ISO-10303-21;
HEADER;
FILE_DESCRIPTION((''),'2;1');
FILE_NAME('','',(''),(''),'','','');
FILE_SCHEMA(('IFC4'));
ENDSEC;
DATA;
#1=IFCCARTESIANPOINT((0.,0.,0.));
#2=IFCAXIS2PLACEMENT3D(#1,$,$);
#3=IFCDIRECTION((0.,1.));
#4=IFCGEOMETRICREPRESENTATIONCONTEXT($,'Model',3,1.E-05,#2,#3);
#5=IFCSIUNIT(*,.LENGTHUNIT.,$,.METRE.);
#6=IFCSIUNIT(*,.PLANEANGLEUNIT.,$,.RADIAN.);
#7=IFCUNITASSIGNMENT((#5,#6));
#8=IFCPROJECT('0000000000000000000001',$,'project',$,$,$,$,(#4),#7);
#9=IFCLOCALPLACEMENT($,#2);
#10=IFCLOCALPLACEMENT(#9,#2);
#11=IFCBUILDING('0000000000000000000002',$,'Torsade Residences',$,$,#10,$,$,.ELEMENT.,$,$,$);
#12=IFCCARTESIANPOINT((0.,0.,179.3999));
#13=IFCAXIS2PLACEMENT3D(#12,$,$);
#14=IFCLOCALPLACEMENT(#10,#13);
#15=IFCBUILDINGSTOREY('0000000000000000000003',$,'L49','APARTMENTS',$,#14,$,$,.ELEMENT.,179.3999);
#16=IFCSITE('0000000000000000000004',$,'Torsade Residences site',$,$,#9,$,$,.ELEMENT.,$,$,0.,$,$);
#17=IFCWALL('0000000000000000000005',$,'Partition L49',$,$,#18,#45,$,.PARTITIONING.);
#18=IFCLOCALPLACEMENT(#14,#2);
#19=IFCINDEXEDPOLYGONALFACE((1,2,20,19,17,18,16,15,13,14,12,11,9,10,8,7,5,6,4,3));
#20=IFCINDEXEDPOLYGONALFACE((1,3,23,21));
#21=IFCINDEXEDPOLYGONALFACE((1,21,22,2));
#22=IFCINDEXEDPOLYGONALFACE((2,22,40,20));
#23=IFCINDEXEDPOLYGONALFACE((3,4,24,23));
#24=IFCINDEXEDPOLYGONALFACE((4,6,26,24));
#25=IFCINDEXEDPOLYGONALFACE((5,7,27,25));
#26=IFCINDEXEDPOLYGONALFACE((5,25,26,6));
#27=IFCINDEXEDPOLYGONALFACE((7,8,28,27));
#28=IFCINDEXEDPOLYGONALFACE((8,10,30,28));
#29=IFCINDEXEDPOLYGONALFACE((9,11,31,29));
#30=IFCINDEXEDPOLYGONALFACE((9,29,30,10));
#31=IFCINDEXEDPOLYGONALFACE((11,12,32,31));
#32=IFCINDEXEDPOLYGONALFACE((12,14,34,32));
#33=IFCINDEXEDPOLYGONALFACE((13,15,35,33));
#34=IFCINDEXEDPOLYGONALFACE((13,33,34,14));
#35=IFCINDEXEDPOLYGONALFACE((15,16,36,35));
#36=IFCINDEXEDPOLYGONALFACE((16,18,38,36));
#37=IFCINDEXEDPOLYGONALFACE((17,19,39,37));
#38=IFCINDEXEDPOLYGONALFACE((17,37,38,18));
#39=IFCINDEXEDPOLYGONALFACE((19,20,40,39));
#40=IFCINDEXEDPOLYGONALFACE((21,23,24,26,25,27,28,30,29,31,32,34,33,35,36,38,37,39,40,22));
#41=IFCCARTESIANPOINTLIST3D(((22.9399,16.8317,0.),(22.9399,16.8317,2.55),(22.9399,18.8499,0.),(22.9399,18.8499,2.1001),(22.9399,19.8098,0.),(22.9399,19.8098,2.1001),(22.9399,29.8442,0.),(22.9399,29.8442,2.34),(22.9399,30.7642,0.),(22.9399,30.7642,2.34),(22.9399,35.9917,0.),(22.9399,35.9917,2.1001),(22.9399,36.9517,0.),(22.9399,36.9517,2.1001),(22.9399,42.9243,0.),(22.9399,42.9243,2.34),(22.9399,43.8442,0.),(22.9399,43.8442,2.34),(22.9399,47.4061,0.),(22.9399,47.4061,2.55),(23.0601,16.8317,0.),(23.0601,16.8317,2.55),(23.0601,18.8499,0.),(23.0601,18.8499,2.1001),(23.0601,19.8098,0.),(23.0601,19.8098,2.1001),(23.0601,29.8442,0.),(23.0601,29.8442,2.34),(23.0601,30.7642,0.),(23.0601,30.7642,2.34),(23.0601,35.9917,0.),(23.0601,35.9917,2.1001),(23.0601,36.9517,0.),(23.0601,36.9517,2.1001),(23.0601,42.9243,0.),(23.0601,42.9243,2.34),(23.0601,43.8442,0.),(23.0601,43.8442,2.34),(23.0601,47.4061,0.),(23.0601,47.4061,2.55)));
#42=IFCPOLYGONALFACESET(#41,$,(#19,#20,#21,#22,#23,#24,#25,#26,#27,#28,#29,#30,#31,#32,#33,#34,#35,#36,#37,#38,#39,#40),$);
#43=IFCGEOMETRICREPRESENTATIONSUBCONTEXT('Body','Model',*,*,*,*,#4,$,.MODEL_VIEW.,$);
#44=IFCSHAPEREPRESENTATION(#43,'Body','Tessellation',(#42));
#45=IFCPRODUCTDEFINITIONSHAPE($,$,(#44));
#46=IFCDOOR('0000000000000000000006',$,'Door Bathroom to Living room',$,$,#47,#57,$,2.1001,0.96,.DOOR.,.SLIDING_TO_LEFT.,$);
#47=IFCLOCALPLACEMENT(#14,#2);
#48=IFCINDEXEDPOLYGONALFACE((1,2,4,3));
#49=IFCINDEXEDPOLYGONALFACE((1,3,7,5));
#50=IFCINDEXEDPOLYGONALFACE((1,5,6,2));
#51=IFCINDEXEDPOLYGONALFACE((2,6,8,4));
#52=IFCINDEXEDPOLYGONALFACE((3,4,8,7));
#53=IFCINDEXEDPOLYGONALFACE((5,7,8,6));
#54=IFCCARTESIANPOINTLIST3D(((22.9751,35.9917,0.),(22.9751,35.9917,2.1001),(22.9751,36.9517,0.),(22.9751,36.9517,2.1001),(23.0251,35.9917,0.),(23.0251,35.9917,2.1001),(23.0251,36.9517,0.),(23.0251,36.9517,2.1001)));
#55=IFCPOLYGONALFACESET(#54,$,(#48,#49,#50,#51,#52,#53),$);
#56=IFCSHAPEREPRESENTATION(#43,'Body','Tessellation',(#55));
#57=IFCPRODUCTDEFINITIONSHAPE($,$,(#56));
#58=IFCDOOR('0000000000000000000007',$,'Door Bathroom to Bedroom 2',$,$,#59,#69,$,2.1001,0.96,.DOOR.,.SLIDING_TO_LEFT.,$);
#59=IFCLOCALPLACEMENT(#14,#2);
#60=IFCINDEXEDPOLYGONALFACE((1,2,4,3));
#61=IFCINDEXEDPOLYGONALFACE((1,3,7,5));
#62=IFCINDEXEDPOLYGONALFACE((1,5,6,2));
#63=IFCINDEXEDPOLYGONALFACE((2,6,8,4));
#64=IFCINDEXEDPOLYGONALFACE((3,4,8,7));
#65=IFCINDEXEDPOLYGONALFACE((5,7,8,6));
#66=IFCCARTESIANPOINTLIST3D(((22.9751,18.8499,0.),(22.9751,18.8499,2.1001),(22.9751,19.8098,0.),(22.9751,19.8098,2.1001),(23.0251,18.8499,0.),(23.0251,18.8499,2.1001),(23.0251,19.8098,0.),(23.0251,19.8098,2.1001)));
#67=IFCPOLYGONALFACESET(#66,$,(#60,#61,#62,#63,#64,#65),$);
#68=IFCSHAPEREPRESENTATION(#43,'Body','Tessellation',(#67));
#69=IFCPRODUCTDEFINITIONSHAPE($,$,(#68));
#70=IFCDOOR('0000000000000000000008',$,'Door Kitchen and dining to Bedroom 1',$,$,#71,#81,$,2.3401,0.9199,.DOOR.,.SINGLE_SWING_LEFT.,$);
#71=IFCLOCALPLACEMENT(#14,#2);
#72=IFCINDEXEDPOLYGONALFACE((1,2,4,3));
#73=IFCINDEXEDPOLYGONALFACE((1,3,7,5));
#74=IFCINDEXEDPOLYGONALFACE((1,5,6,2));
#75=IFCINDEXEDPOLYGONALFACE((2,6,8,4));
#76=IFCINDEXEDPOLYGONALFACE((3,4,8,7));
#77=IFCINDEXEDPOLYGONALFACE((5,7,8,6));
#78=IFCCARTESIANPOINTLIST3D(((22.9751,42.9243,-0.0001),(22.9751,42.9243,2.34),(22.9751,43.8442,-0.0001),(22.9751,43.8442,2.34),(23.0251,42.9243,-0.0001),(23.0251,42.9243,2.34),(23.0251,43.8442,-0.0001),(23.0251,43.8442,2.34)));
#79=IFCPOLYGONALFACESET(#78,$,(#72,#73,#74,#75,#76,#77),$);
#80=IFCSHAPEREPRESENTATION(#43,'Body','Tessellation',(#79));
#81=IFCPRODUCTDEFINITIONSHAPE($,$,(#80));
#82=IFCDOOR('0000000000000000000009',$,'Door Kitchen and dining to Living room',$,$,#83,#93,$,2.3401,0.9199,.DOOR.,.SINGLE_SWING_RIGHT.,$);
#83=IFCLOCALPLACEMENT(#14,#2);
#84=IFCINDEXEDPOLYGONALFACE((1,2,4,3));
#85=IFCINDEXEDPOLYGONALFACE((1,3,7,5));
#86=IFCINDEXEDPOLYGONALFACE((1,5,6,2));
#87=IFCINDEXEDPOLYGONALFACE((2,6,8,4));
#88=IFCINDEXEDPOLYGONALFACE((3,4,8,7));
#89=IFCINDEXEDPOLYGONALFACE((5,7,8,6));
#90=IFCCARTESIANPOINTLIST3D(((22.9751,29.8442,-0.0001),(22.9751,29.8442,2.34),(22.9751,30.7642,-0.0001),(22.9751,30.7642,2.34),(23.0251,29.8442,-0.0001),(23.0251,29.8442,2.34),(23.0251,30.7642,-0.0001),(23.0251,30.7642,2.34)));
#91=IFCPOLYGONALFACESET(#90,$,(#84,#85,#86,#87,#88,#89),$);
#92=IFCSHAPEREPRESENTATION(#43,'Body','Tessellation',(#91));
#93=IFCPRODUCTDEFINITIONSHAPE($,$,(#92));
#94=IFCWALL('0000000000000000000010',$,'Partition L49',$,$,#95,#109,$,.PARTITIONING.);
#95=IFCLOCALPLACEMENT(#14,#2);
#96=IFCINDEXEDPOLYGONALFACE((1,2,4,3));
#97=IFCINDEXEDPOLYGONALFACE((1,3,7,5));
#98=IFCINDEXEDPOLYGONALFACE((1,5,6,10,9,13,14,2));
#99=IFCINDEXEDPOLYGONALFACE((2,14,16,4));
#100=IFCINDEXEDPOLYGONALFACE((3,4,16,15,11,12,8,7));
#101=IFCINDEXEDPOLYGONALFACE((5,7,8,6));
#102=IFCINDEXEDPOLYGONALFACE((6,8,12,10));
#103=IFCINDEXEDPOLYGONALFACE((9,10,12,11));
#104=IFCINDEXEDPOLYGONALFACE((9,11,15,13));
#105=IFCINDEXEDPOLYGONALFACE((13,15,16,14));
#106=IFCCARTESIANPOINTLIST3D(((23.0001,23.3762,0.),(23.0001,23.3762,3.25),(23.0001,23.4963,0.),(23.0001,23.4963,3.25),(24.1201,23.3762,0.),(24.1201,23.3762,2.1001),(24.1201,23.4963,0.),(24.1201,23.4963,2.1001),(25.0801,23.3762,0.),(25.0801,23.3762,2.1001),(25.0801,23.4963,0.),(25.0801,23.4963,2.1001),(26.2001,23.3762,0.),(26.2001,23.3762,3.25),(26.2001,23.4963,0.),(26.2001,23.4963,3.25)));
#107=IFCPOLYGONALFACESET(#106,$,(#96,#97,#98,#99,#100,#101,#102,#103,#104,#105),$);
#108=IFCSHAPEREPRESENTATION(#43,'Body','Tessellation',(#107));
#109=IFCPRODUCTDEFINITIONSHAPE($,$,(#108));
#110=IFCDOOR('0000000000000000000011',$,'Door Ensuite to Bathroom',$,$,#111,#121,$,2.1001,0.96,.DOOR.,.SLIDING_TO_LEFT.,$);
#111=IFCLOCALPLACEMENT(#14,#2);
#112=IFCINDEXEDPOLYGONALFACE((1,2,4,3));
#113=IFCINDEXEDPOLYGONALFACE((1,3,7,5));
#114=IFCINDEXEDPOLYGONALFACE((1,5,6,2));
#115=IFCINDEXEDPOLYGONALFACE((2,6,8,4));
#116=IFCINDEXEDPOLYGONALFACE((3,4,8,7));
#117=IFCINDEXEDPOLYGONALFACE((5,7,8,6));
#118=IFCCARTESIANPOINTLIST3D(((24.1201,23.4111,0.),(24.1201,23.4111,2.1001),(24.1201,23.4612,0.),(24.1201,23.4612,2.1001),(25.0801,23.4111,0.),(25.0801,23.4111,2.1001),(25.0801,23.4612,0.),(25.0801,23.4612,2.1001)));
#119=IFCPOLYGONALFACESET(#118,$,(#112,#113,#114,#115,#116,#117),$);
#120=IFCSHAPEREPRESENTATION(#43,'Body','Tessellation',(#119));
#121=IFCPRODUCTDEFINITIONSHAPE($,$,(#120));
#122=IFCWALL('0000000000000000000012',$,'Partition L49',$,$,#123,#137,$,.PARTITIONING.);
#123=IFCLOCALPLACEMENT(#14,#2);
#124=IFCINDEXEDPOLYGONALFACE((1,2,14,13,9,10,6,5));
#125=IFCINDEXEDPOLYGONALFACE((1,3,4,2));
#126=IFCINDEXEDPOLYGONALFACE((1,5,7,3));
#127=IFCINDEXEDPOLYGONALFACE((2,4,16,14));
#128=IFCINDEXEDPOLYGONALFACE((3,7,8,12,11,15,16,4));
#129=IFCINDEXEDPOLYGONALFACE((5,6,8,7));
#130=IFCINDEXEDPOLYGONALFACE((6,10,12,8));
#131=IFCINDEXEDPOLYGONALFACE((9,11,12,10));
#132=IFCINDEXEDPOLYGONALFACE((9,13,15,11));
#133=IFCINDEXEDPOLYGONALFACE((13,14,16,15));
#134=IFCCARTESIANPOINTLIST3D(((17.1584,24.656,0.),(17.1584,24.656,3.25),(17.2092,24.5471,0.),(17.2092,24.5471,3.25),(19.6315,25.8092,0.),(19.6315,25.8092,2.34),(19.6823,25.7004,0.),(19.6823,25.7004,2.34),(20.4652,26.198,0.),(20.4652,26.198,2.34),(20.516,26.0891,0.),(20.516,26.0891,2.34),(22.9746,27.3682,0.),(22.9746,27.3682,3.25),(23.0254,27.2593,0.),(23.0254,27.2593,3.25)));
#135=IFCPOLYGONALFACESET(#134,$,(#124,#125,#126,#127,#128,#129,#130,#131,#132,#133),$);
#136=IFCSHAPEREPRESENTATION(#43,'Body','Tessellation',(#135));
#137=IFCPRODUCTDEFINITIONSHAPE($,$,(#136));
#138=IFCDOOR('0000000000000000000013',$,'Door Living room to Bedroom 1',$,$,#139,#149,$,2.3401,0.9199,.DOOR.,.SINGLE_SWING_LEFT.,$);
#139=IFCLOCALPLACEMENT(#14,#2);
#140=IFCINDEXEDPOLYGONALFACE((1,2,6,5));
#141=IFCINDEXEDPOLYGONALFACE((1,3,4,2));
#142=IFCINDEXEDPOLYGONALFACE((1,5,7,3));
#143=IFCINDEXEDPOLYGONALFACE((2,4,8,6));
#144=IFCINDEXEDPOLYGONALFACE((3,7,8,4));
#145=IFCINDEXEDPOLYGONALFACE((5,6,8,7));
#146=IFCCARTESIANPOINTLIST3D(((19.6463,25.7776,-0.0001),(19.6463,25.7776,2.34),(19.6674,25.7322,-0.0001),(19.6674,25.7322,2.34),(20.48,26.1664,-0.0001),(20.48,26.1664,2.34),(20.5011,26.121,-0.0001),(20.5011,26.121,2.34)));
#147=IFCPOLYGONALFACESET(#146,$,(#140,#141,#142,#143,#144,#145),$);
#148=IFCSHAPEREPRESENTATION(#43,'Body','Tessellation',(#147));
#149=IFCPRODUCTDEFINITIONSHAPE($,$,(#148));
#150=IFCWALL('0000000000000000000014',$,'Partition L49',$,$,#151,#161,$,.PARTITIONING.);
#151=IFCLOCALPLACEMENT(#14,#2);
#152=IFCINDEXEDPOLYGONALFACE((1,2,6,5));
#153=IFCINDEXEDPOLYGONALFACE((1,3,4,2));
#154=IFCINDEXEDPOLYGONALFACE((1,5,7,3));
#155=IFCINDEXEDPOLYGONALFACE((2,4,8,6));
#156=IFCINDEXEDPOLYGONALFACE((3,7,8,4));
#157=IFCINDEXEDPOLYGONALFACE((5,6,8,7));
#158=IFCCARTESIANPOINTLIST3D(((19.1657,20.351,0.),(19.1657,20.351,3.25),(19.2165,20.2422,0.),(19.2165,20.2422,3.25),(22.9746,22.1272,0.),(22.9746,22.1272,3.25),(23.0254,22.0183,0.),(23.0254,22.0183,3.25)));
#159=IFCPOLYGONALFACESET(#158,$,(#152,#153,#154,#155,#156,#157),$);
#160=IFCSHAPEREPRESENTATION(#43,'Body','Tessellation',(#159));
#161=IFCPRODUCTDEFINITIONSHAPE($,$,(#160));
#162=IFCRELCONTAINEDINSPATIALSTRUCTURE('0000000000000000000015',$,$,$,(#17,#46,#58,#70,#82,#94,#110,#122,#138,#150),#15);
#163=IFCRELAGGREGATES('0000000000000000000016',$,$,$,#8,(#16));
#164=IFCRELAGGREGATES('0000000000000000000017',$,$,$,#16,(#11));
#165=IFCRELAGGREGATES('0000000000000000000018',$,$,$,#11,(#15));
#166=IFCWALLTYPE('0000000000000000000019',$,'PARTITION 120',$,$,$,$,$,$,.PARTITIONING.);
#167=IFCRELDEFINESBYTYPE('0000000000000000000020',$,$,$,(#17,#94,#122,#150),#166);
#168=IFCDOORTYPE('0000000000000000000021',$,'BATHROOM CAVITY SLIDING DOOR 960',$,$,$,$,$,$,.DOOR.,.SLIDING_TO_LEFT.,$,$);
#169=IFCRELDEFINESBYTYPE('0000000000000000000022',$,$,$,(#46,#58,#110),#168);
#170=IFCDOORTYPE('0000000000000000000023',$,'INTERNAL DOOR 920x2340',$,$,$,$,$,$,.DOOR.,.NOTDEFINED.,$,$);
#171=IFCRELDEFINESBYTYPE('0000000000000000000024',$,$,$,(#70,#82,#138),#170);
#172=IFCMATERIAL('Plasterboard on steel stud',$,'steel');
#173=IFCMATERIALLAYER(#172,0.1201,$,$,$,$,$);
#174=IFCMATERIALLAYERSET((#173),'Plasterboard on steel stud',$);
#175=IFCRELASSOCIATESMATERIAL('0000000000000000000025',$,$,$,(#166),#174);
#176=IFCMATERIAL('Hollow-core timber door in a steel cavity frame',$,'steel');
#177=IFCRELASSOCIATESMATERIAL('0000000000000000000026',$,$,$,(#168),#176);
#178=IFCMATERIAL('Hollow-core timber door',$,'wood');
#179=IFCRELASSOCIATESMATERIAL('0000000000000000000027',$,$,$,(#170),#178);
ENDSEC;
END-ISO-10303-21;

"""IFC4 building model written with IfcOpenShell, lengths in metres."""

from ifc_helpers import new_model, si_unit, direction, frame, frame_2d, origin, place, context, subcontext, project, spatial, rectangle, extrude, material, layer, layer_set, type_object, element, fill, save


model = new_model("IFC4")

# Units and contexts
model_context = context("Model", 3, precision=1e-05, world=origin(), true_north=direction((0.0, 1.0)))
body_context = subcontext(model_context, "Body", "Model", "MODEL_VIEW")
ifc_project = project(units=[si_unit("LENGTHUNIT", "METRE"), si_unit("PLANEANGLEUNIT", "RADIAN")], contexts=[model_context])

# Site, building, storey
site_placement = place(None, origin())
site = spatial("IfcSite", under=ifc_project, at=site_placement, Name="Torsade Residences site", CompositionType="ELEMENT", RefElevation=0.0)
building_placement = place(site_placement, origin())
building = spatial("IfcBuilding", under=site, at=building_placement, Name="Torsade Residences", CompositionType="ELEMENT")
storey_placement = place(building_placement, frame((0.0, 0.0, 179.3999)))
storey = spatial("IfcBuildingStorey", under=building, at=storey_placement, Name="L49", Description="APARTMENTS", CompositionType="ELEMENT", Elevation=179.3999)

# Wall, openings, doors
ifc_material_1 = material(Name="Plasterboard on steel stud", Category="steel")
ifc_layer_1 = layer(ifc_material_1, 0.1201)
ifc_layer_set_1 = layer_set([ifc_layer_1], Name="Plasterboard on steel stud")
wall_type_1 = type_object("IfcWallType", Name="PARTITION 120", PredefinedType="PARTITIONING", material=ifc_layer_set_1)
wall_1_placement = place(storey_placement, frame((23.0, 16.8318, 0.0), z_axis=(0.0, 0.0, 1.0), x_axis=(0.0, 1.0, 0.0)))
wall_1 = element("IfcWall", 1, at=wall_1_placement, inside=storey, type_object=wall_type_1, Name="Partition L49", PredefinedType="PARTITIONING", context=body_context, shape_type="SweptSolid", body=[
    extrude(rectangle(XDim=30.5745, YDim=0.1201, at=frame_2d((15.2871, 0.0))), origin(), (0.0, 0.0, 1.0), 2.55),
])
opening_1_placement = place(wall_1_placement, frame((26.0925, 0.0, 0.0)))
opening_1 = element("IfcOpeningElement", 2, at=opening_1_placement, cuts=wall_1, PredefinedType="OPENING", context=body_context, shape_type="SweptSolid", body=[
    extrude(rectangle(XDim=0.9199, YDim=2.3401, at=frame_2d((0.46, 1.1699))), frame((0.0, 0.0701, 0.0), z_axis=(0.0, -1.0, 0.0), x_axis=(1.0, 0.0, 0.0)), (0.0, 0.0, 1.0), 0.1401),
])
opening_2_placement = place(wall_1_placement, frame((13.0125, 0.0, 0.0)))
opening_2 = element("IfcOpeningElement", 3, at=opening_2_placement, cuts=wall_1, PredefinedType="OPENING", context=body_context, shape_type="SweptSolid", body=[
    extrude(rectangle(XDim=0.9199, YDim=2.3401, at=frame_2d((0.46, 1.1699))), frame((0.0, 0.0701, 0.0), z_axis=(0.0, -1.0, 0.0), x_axis=(1.0, 0.0, 0.0)), (0.0, 0.0, 1.0), 0.1401),
])
opening_3_placement = place(wall_1_placement, frame((19.1599, 0.0, 0.0)))
opening_3 = element("IfcOpeningElement", 4, at=opening_3_placement, cuts=wall_1, PredefinedType="OPENING", context=body_context, shape_type="SweptSolid", body=[
    extrude(rectangle(XDim=0.96, YDim=2.1001, at=frame_2d((0.48, 1.05))), frame((0.0, 0.0701, 0.0), z_axis=(0.0, -1.0, 0.0), x_axis=(1.0, 0.0, 0.0)), (0.0, 0.0, 1.0), 0.1401),
])
opening_4_placement = place(wall_1_placement, frame((2.0181, 0.0, 0.0)))
opening_4 = element("IfcOpeningElement", 5, at=opening_4_placement, cuts=wall_1, PredefinedType="OPENING", context=body_context, shape_type="SweptSolid", body=[
    extrude(rectangle(XDim=0.96, YDim=2.1001, at=frame_2d((0.48, 1.05))), frame((0.0, 0.0701, 0.0), z_axis=(0.0, -1.0, 0.0), x_axis=(1.0, 0.0, 0.0)), (0.0, 0.0, 1.0), 0.1401),
])
ifc_material_2 = material(Name="Hollow-core timber door in a steel cavity frame", Category="steel")
door_type_1 = type_object("IfcDoorType", Name="BATHROOM CAVITY SLIDING DOOR 960", OperationType="SLIDING_TO_LEFT", PredefinedType="DOOR", material=ifc_material_2)
door_1_placement = place(opening_3_placement, origin())
door_1 = element("IfcDoor", 6, at=door_1_placement, inside=storey, type_object=door_type_1, Name="Door Bathroom to Living room", OperationType="SLIDING_TO_LEFT", OverallHeight=2.1001, OverallWidth=0.96, PredefinedType="DOOR", context=body_context, shape_type="SweptSolid", body=[
    extrude(rectangle(XDim=0.96, YDim=2.1001, at=frame_2d((0.48, 1.05))), frame((0.0, 0.0249, 0.0), z_axis=(0.0, -1.0, 0.0), x_axis=(1.0, 0.0, 0.0)), (0.0, 0.0, 1.0), 0.05),
])
fill(opening_3, door_1)
door_2_placement = place(opening_4_placement, origin())
door_2 = element("IfcDoor", 7, at=door_2_placement, inside=storey, type_object=door_type_1, Name="Door Bathroom to Bedroom 2", OperationType="SLIDING_TO_LEFT", OverallHeight=2.1001, OverallWidth=0.96, PredefinedType="DOOR", context=body_context, shape_type="SweptSolid", body=[
    extrude(rectangle(XDim=0.96, YDim=2.1001, at=frame_2d((0.48, 1.05))), frame((0.0, 0.0249, 0.0), z_axis=(0.0, -1.0, 0.0), x_axis=(1.0, 0.0, 0.0)), (0.0, 0.0, 1.0), 0.05),
])
fill(opening_4, door_2)
ifc_material_3 = material(Name="Hollow-core timber door", Category="wood")
door_type_2 = type_object("IfcDoorType", Name="INTERNAL DOOR 920x2340", OperationType="NOTDEFINED", PredefinedType="DOOR", material=ifc_material_3)
door_3_placement = place(opening_1_placement, origin())
door_3 = element("IfcDoor", 8, at=door_3_placement, inside=storey, type_object=door_type_2, Name="Door Kitchen and dining to Bedroom 1", OperationType="SINGLE_SWING_LEFT", OverallHeight=2.3401, OverallWidth=0.9199, PredefinedType="DOOR", context=body_context, shape_type="SweptSolid", body=[
    extrude(rectangle(XDim=0.9199, YDim=2.3401, at=frame_2d((0.46, 1.1699))), frame((0.0, 0.0249, 0.0), z_axis=(0.0, -1.0, 0.0), x_axis=(1.0, 0.0, 0.0)), (0.0, 0.0, 1.0), 0.05),
])
fill(opening_1, door_3)
door_4_placement = place(opening_2_placement, origin())
door_4 = element("IfcDoor", 9, at=door_4_placement, inside=storey, type_object=door_type_2, Name="Door Kitchen and dining to Living room", OperationType="SINGLE_SWING_RIGHT", OverallHeight=2.3401, OverallWidth=0.9199, PredefinedType="DOOR", context=body_context, shape_type="SweptSolid", body=[
    extrude(rectangle(XDim=0.9199, YDim=2.3401, at=frame_2d((0.46, 1.1699))), frame((0.0, 0.0249, 0.0), z_axis=(0.0, -1.0, 0.0), x_axis=(1.0, 0.0, 0.0)), (0.0, 0.0, 1.0), 0.05),
])
fill(opening_2, door_4)

# Walls, openings, doors
wall_2_placement = place(storey_placement, frame((23.0, 23.4363, 0.0), z_axis=(0.0, 0.0, 1.0), x_axis=(1.0, 0.0, 0.0)))
wall_2 = element("IfcWall", 10, at=wall_2_placement, inside=storey, type_object=wall_type_1, Name="Partition L49", PredefinedType="PARTITIONING", context=body_context, shape_type="SweptSolid", body=[
    extrude(rectangle(XDim=3.2, YDim=0.1201, at=frame_2d((1.6001, 0.0))), origin(), (0.0, 0.0, 1.0), 3.25),
])
opening_5_placement = place(wall_2_placement, frame((1.1201, 0.0, 0.0)))
opening_5 = element("IfcOpeningElement", 11, at=opening_5_placement, cuts=wall_2, PredefinedType="OPENING", context=body_context, shape_type="SweptSolid", body=[
    extrude(rectangle(XDim=0.96, YDim=2.1001, at=frame_2d((0.48, 1.05))), frame((0.0, 0.0701, 0.0), z_axis=(0.0, -1.0, 0.0), x_axis=(1.0, 0.0, 0.0)), (0.0, 0.0, 1.0), 0.1401),
])
door_5_placement = place(opening_5_placement, origin())
door_5 = element("IfcDoor", 12, at=door_5_placement, inside=storey, type_object=door_type_1, Name="Door Ensuite to Bathroom", OperationType="SLIDING_TO_LEFT", OverallHeight=2.1001, OverallWidth=0.96, PredefinedType="DOOR", context=body_context, shape_type="SweptSolid", body=[
    extrude(rectangle(XDim=0.96, YDim=2.1001, at=frame_2d((0.48, 1.05))), frame((0.0, 0.0249, 0.0), z_axis=(0.0, -1.0, 0.0), x_axis=(1.0, 0.0, 0.0)), (0.0, 0.0, 1.0), 0.05),
])
fill(opening_5, door_5)
wall_3_placement = place(storey_placement, frame((23.0, 27.3137, 0.0), z_axis=(0.0, 0.0, 1.0), x_axis=(-0.906306, -0.422623, 0.0)))
wall_3 = element("IfcWall", 13, at=wall_3_placement, inside=storey, type_object=wall_type_1, Name="Partition L49", PredefinedType="PARTITIONING", context=body_context, shape_type="SweptSolid", body=[
    extrude(rectangle(XDim=6.4175, YDim=0.1201, at=frame_2d((3.2087, 0.0))), origin(), (0.0, 0.0, 1.0), 3.25),
])
opening_6_placement = place(wall_3_placement, frame((2.7688, 0.0, 0.0)))
opening_6 = element("IfcOpeningElement", 14, at=opening_6_placement, cuts=wall_3, PredefinedType="OPENING", context=body_context, shape_type="SweptSolid", body=[
    extrude(rectangle(XDim=0.9199, YDim=2.3401, at=frame_2d((0.46, 1.1699))), frame((0.0, 0.0701, 0.0), z_axis=(0.0, -1.0, 0.0), x_axis=(1.0, 0.0, 0.0)), (0.0, 0.0, 1.0), 0.1401),
])
door_6_placement = place(opening_6_placement, origin())
door_6 = element("IfcDoor", 15, at=door_6_placement, inside=storey, type_object=door_type_2, Name="Door Living room to Bedroom 1", OperationType="SINGLE_SWING_LEFT", OverallHeight=2.3401, OverallWidth=0.9199, PredefinedType="DOOR", context=body_context, shape_type="SweptSolid", body=[
    extrude(rectangle(XDim=0.9199, YDim=2.3401, at=frame_2d((0.46, 1.1699))), frame((0.0, 0.0249, 0.0), z_axis=(0.0, -1.0, 0.0), x_axis=(1.0, 0.0, 0.0)), (0.0, 0.0, 1.0), 0.05),
])
fill(opening_6, door_6)

# Wall
wall_4_placement = place(storey_placement, frame((23.0, 22.0728, 0.0), z_axis=(0.0, 0.0, 1.0), x_axis=(-0.906305, -0.422625, 0.0)))
element("IfcWall", 16, at=wall_4_placement, inside=storey, type_object=wall_type_1, Name="Partition L49", PredefinedType="PARTITIONING", context=body_context, shape_type="SweptSolid", body=[
    extrude(rectangle(XDim=4.2026, YDim=0.1201, at=frame_2d((2.1013, 0.0))), origin(), (0.0, 0.0, 1.0), 3.25),
])

save(model, "model.ifc")
